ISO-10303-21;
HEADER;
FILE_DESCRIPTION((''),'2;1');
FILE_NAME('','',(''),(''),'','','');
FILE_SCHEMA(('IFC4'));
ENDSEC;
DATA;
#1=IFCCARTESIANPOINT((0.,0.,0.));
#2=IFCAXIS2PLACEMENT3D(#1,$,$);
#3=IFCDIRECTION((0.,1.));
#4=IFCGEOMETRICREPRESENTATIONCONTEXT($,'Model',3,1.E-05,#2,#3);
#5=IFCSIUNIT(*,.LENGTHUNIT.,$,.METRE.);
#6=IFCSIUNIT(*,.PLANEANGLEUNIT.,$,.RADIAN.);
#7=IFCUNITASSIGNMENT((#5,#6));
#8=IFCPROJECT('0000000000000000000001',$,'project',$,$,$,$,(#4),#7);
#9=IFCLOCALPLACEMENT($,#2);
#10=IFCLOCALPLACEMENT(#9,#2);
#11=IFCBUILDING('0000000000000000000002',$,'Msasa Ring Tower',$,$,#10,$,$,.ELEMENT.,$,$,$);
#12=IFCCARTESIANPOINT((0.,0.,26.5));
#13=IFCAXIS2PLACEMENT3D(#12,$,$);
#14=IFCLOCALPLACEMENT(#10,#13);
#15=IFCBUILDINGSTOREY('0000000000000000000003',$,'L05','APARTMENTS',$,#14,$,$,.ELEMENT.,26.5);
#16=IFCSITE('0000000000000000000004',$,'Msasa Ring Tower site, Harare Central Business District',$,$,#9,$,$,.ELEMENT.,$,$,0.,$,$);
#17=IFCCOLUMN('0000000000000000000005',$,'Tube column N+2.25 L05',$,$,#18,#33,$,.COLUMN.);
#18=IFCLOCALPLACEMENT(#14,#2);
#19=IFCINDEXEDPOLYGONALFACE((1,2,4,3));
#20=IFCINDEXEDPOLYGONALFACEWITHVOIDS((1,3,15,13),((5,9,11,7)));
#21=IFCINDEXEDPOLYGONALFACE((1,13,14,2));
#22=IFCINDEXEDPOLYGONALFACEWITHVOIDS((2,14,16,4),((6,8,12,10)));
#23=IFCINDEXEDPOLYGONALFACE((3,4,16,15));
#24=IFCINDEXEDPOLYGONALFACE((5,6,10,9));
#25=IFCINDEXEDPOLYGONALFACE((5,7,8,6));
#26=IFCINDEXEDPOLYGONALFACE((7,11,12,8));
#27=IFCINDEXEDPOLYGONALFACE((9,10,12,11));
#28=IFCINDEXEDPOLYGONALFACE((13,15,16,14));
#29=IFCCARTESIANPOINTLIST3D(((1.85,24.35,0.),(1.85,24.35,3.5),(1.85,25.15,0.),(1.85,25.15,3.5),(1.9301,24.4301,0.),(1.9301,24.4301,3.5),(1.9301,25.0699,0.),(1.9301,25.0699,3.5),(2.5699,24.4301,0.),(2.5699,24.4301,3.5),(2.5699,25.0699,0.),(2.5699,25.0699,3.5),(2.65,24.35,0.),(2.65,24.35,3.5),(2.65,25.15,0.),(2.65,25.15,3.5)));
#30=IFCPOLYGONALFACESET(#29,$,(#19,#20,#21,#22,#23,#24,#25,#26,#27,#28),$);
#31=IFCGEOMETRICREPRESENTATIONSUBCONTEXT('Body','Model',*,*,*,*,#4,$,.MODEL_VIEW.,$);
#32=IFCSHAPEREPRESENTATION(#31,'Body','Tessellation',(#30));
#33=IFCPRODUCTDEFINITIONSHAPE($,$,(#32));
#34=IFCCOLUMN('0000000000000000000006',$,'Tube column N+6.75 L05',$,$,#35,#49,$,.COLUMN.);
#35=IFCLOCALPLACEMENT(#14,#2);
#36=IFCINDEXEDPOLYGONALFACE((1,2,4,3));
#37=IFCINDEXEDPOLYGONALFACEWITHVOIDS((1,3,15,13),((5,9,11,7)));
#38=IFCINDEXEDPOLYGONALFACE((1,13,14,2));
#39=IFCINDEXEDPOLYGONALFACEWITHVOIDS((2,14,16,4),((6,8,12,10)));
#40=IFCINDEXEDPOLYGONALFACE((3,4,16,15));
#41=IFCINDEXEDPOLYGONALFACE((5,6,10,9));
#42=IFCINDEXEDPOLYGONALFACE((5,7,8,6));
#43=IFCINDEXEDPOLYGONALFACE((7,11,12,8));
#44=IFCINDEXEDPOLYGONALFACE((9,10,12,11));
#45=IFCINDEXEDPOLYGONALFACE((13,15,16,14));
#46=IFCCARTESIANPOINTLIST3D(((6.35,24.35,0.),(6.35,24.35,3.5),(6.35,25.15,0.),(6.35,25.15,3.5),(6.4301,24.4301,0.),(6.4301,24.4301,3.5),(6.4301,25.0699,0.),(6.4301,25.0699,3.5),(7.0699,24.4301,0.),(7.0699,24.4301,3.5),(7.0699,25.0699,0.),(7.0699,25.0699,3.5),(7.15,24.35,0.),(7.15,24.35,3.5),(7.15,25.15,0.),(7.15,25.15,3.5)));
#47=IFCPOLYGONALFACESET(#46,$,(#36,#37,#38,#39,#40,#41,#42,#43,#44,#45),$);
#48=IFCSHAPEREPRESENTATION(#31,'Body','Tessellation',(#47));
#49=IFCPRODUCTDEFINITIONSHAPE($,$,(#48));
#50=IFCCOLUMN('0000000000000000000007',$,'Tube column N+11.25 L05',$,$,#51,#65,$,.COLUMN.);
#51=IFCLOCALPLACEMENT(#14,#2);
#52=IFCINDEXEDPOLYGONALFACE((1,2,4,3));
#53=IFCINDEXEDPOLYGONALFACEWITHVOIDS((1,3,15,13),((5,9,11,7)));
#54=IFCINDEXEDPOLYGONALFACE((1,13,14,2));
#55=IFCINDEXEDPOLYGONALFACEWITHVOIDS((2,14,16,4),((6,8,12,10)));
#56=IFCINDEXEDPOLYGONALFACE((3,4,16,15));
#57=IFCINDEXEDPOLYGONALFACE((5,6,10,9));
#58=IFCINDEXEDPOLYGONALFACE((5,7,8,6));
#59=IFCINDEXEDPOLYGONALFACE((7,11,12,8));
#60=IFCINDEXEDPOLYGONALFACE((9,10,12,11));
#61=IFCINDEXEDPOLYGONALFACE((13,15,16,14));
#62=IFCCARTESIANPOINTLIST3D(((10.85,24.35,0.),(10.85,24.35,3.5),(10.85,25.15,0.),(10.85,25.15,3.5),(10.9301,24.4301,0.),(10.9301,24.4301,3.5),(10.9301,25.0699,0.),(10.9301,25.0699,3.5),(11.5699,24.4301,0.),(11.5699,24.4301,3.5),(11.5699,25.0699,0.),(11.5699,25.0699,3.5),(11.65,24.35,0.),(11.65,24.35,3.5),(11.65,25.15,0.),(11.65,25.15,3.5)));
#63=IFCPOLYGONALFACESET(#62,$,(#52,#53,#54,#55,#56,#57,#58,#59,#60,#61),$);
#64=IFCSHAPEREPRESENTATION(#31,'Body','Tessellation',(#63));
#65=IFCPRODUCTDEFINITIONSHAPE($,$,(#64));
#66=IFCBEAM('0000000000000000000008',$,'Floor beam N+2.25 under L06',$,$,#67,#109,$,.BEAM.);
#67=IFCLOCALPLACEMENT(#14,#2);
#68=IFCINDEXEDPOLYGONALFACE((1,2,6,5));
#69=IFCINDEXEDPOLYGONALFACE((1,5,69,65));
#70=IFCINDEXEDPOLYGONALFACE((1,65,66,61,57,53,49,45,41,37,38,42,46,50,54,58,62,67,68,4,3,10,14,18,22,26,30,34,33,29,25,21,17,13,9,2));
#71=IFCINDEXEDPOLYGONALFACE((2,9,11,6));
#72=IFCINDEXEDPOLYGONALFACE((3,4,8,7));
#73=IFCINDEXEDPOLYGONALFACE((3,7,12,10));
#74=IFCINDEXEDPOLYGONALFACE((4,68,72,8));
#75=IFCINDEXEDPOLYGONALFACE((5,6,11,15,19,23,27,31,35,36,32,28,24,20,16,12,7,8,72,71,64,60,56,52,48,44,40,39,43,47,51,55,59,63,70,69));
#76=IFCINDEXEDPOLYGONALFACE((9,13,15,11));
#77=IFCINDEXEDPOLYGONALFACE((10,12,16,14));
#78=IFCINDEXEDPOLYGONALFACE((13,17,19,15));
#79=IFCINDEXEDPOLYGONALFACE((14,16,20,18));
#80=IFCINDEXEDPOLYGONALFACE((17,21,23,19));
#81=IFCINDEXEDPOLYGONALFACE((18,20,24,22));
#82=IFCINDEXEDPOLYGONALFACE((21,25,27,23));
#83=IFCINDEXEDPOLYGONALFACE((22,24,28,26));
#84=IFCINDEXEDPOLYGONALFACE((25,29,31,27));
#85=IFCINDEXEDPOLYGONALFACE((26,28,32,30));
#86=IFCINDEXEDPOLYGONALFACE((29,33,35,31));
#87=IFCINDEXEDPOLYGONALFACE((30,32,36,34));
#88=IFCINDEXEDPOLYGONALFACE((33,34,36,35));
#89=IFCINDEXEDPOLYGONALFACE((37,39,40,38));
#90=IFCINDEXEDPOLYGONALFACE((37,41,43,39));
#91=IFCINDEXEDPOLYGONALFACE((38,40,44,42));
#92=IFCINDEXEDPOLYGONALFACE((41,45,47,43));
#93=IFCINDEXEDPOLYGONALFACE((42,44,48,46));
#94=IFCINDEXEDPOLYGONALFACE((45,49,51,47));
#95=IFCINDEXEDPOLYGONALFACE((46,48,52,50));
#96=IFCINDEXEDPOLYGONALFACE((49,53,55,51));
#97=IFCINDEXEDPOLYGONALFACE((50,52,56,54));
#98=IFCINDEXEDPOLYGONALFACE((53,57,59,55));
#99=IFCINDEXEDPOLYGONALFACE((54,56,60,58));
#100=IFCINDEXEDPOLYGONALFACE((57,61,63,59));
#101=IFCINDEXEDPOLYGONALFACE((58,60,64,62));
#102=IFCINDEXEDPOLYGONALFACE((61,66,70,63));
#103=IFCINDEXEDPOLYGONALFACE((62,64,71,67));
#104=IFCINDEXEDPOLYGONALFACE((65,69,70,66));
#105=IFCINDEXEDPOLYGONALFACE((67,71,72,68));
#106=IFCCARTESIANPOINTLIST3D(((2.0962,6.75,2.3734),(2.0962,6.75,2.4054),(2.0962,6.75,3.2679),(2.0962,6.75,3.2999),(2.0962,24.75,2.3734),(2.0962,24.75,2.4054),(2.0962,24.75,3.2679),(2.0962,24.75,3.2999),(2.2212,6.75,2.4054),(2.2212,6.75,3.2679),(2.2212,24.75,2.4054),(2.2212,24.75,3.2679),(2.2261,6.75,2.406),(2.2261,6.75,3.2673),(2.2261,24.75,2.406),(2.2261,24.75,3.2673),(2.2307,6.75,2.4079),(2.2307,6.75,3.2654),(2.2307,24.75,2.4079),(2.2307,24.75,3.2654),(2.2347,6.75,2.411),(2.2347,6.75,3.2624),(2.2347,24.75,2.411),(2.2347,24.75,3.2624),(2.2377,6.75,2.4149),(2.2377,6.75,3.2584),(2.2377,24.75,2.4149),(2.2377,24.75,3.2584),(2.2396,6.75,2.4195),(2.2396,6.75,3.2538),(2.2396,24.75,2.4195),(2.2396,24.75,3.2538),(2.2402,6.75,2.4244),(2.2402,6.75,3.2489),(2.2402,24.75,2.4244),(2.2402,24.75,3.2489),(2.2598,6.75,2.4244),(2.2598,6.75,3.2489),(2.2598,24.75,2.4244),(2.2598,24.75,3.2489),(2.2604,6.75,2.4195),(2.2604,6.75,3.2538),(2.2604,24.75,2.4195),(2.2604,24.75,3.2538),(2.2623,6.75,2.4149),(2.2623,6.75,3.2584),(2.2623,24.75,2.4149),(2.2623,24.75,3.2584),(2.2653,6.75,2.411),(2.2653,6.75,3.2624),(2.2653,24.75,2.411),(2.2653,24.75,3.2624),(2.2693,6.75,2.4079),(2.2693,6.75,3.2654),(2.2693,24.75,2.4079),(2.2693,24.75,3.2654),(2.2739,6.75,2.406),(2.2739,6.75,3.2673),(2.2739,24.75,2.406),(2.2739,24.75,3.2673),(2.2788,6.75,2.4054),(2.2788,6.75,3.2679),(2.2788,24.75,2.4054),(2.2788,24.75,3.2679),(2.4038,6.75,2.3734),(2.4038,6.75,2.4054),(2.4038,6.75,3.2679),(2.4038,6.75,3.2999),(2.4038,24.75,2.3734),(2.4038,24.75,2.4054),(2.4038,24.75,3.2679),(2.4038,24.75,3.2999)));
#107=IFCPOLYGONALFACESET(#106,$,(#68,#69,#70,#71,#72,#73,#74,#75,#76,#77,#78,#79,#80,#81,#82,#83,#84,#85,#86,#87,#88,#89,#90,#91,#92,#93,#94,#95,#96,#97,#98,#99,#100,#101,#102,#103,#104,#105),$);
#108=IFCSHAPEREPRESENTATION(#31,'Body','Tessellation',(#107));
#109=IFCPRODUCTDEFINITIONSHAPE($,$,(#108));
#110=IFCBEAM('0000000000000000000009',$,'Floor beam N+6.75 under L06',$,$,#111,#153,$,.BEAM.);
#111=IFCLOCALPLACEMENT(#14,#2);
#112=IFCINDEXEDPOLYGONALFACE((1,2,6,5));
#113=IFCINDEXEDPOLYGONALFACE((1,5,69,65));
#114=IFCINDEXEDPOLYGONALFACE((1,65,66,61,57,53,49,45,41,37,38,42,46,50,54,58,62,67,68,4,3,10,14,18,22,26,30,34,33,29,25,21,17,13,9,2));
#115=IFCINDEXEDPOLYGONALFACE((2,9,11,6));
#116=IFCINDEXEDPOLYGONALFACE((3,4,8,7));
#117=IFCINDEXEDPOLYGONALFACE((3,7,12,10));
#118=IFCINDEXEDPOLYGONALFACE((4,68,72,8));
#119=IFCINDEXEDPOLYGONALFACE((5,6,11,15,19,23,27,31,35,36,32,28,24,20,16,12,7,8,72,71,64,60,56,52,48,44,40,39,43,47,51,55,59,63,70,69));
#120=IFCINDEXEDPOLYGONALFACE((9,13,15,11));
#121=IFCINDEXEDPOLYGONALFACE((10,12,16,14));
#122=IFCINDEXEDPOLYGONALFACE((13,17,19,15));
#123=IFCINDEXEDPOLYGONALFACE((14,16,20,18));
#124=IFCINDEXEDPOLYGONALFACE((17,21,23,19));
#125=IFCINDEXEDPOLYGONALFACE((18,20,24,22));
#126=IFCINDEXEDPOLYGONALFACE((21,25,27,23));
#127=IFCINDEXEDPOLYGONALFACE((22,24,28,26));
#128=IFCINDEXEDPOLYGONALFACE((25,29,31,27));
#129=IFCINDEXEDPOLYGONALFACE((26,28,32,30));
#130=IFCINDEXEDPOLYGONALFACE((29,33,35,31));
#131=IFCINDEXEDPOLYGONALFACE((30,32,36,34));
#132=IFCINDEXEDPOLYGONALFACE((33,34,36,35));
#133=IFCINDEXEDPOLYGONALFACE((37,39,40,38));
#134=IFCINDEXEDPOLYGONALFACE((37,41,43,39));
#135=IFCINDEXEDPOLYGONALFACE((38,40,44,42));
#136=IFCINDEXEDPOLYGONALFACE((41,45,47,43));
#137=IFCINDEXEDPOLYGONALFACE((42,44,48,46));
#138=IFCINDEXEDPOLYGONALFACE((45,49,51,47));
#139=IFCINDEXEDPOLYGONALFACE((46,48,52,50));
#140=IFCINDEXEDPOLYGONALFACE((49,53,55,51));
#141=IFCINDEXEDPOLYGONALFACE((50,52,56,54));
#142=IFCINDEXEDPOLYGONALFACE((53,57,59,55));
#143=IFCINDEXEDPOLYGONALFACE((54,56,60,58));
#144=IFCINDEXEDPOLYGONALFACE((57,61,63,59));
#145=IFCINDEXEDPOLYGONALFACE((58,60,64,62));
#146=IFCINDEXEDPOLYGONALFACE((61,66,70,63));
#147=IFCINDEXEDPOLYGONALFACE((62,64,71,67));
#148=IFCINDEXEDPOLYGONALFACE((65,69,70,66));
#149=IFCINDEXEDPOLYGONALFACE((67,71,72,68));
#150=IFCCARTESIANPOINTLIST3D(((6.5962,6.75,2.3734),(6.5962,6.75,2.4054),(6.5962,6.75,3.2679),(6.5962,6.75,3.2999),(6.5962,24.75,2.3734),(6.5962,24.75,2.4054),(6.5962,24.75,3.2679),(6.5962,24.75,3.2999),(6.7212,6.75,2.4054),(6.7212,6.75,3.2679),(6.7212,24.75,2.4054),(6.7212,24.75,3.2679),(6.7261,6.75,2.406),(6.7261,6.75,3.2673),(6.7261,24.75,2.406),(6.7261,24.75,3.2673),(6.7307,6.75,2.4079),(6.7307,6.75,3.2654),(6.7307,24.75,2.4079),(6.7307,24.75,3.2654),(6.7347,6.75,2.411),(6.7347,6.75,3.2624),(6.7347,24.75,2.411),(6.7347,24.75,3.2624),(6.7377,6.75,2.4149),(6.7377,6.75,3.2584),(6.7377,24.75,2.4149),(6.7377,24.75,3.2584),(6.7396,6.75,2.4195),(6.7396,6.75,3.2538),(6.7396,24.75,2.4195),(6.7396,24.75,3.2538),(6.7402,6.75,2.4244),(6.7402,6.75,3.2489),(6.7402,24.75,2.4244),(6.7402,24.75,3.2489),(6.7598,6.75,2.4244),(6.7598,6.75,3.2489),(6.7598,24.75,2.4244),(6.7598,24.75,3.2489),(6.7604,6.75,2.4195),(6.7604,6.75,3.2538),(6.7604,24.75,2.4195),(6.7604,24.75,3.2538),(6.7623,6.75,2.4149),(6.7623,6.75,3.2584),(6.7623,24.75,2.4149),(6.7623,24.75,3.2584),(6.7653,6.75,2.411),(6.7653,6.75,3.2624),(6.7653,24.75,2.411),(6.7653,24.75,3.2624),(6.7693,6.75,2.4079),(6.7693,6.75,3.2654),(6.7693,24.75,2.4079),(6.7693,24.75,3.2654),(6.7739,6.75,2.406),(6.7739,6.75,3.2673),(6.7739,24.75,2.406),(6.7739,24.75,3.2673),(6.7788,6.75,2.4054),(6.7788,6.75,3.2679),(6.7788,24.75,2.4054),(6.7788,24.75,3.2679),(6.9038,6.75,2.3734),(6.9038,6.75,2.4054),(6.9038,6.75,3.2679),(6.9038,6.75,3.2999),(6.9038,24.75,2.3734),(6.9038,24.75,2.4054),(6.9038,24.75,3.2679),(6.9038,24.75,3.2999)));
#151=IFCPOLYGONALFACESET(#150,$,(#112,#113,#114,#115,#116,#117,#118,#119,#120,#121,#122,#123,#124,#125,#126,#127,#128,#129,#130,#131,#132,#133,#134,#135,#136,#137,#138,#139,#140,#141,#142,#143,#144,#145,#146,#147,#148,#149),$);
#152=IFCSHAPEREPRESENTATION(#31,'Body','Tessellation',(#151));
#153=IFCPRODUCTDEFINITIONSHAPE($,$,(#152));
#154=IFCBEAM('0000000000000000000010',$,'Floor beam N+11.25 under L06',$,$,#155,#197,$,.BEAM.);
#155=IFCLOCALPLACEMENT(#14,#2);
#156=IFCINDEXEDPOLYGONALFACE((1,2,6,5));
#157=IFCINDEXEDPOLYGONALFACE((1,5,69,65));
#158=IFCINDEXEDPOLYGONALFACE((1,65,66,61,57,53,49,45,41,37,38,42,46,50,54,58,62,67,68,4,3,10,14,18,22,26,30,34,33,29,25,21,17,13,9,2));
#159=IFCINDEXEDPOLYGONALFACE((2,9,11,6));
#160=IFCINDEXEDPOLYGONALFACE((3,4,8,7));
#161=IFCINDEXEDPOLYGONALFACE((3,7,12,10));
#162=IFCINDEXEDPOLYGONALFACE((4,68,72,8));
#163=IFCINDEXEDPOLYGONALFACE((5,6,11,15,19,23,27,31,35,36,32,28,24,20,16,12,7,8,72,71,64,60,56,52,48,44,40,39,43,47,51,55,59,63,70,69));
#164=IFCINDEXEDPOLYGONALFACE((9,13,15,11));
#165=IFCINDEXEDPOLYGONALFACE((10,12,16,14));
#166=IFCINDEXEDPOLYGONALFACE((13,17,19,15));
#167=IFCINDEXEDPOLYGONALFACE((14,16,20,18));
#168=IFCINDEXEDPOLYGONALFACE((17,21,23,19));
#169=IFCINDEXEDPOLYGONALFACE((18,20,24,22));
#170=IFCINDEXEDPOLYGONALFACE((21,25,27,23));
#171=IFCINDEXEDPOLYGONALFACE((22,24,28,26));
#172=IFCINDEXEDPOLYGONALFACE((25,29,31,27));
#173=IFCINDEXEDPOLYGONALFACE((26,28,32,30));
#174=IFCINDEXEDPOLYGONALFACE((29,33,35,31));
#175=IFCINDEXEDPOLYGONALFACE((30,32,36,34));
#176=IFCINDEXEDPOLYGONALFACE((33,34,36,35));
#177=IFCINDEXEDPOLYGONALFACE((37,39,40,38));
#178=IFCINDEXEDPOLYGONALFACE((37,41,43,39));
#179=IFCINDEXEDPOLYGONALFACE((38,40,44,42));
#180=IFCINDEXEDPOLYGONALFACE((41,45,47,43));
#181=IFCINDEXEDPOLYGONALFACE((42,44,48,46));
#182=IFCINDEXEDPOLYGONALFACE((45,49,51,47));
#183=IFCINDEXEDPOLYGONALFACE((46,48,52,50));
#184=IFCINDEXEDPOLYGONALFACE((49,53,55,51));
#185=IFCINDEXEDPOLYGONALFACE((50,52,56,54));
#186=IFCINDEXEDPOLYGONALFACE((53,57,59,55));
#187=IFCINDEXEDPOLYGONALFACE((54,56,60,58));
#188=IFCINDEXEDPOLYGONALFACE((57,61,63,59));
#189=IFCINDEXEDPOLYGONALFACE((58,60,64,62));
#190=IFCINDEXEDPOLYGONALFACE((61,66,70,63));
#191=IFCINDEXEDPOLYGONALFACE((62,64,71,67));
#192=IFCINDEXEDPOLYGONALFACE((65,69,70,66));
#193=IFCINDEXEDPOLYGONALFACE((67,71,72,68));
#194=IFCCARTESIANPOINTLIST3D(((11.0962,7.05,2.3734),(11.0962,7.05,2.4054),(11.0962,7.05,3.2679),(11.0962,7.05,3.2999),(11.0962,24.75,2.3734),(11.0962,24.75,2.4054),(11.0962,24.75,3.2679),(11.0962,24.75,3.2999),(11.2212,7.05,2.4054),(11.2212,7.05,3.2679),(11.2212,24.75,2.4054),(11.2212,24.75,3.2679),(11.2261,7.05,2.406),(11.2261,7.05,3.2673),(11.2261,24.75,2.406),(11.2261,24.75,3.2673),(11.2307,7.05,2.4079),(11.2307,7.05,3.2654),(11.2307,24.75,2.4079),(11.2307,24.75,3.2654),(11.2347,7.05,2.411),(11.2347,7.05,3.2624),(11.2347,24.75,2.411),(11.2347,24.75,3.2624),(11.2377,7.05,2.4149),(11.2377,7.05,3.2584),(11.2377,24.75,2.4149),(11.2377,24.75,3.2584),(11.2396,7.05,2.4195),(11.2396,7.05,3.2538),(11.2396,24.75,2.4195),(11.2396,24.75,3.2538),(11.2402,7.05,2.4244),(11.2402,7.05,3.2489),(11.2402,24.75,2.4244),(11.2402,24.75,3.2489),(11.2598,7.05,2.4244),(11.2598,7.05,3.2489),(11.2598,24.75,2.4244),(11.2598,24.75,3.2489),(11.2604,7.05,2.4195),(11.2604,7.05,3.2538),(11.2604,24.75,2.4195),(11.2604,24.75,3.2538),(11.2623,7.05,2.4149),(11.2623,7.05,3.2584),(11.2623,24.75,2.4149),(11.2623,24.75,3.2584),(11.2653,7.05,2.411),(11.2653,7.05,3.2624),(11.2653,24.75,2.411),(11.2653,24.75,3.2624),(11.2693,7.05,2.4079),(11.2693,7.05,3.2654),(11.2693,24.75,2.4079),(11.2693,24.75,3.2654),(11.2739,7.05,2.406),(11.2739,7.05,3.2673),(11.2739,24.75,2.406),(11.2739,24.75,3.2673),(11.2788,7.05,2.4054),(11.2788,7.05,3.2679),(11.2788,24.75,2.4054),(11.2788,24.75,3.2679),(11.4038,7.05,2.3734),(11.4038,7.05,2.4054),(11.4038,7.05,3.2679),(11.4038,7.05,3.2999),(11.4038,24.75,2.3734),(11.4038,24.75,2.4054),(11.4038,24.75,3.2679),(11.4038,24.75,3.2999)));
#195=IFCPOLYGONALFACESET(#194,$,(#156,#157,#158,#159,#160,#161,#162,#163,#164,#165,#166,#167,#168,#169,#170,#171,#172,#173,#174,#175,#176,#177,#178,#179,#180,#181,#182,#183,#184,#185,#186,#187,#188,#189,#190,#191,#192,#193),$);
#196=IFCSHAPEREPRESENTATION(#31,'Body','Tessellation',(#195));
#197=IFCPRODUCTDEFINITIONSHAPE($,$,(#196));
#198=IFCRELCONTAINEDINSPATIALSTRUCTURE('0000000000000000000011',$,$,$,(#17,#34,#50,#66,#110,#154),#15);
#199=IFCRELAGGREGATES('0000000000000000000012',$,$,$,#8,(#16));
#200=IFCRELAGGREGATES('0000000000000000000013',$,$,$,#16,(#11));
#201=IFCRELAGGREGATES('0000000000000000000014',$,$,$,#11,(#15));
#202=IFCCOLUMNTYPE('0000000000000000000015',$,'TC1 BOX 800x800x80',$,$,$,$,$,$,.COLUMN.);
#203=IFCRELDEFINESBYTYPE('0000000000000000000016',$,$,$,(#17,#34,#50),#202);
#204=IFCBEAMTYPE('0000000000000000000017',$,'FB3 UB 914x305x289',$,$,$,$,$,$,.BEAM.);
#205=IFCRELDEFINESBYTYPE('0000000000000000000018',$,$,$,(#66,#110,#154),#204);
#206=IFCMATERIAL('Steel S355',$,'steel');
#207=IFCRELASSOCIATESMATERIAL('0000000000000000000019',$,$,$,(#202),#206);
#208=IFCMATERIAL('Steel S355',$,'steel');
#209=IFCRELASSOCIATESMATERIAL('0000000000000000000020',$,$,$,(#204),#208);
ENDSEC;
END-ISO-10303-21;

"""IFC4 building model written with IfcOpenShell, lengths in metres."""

from ifc_helpers import new_model, si_unit, direction, frame, origin, origin_2d, place, context, subcontext, project, spatial, hollow_rectangle, i_section, extrude, material, material_profile, profile_set, type_object, element, save


model = new_model("IFC4")

# Units and contexts
model_context = context("Model", 3, precision=1e-05, world=origin(), true_north=direction((0.0, 1.0)))
body_context = subcontext(model_context, "Body", "Model", "MODEL_VIEW")
ifc_project = project(units=[si_unit("LENGTHUNIT", "METRE"), si_unit("PLANEANGLEUNIT", "RADIAN")], contexts=[model_context])

# Site, building, storey
site_placement = place(None, origin())
site = spatial("IfcSite", under=ifc_project, at=site_placement, Name="Msasa Ring Tower site, Harare Central Business District", CompositionType="ELEMENT", RefElevation=0.0)
building_placement = place(site_placement, origin())
building = spatial("IfcBuilding", under=site, at=building_placement, Name="Msasa Ring Tower", CompositionType="ELEMENT")
storey_placement = place(building_placement, frame((0.0, 0.0, 26.5)))
storey = spatial("IfcBuildingStorey", under=building, at=storey_placement, Name="L05", Description="APARTMENTS", CompositionType="ELEMENT", Elevation=26.5)

# Columns
ifc_material_1 = material(Name="Steel S355", Category="steel")
ifc_material_profile_1 = material_profile(ifc_material_1, hollow_rectangle(XDim=0.8, YDim=0.8, WallThickness=0.0801, at=origin_2d()), Name="BOX 800x800x80")
ifc_profile_set_1 = profile_set([ifc_material_profile_1], Name="Steel S355")
column_type = type_object("IfcColumnType", Name="TC1 BOX 800x800x80", PredefinedType="COLUMN", material=ifc_profile_set_1)
for number, where, z_axis, x_axis, name in (
    (1, (2.25, 24.75, 0.0), (0.0, 0.0, 1.0), (0.0, 1.0, 0.0), "Tube column N+2.25 L05"),
    (2, (6.75, 24.75, 0.0), (0.0, 0.0, 1.0), (0.0, 1.0, 0.0), "Tube column N+6.75 L05"),
    (3, (11.25, 24.75, 0.0), (0.0, 0.0, 1.0), (0.0, 1.0, 0.0), "Tube column N+11.25 L05"),
):
    element("IfcColumn", number, at=place(storey_placement, frame(where, z_axis=z_axis, x_axis=x_axis)), inside=storey, type_object=column_type, Name=name, PredefinedType="COLUMN", context=body_context, shape_type="SweptSolid", body=[
        extrude(hollow_rectangle(XDim=0.8, YDim=0.8, WallThickness=0.0801, at=origin_2d()), origin(), (0.0, 0.0, 1.0), 3.5),
    ])

# Beams
ifc_material_2 = material(Name="Steel S355", Category="steel")
ifc_material_profile_2 = material_profile(ifc_material_2, i_section(OverallWidth=0.3076, OverallDepth=0.9265, WebThickness=0.0195, FlangeThickness=0.032, FilletRadius=0.019, at=origin_2d()), Name="UB 914x305x289")
ifc_profile_set_2 = profile_set([ifc_material_profile_2], Name="Steel S355")
beam_type_1 = type_object("IfcBeamType", Name="FB3 UB 914x305x289", PredefinedType="BEAM", material=ifc_profile_set_2)
for number, where, z_axis, x_axis, name in (
    (4, (2.25, 24.75, 2.8367), (0.0, -1.0, 0.0), (1.0, 0.0, 0.0), "Floor beam N+2.25 under L06"),
    (5, (6.75, 24.75, 2.8367), (0.0, -1.0, 0.0), (1.0, 0.0, 0.0), "Floor beam N+6.75 under L06"),
):
    element("IfcBeam", number, at=place(storey_placement, frame(where, z_axis=z_axis, x_axis=x_axis)), inside=storey, type_object=beam_type_1, Name=name, PredefinedType="BEAM", context=body_context, shape_type="SweptSolid", body=[
        extrude(i_section(OverallWidth=0.3076, OverallDepth=0.9265, WebThickness=0.0195, FlangeThickness=0.032, FilletRadius=0.019, at=origin_2d()), origin(), (0.0, 0.0, 1.0), 18.0),
    ])
beam_placement = place(storey_placement, frame((11.25, 24.75, 2.8367), z_axis=(0.0, -1.0, 0.0), x_axis=(1.0, 0.0, 0.0)))
element("IfcBeam", 6, at=beam_placement, inside=storey, type_object=beam_type_1, Name="Floor beam N+11.25 under L06", PredefinedType="BEAM", context=body_context, shape_type="SweptSolid", body=[
    extrude(i_section(OverallWidth=0.3076, OverallDepth=0.9265, WebThickness=0.0195, FlangeThickness=0.032, FilletRadius=0.019, at=origin_2d()), origin(), (0.0, 0.0, 1.0), 17.7),
])

save(model, "model.ifc")
